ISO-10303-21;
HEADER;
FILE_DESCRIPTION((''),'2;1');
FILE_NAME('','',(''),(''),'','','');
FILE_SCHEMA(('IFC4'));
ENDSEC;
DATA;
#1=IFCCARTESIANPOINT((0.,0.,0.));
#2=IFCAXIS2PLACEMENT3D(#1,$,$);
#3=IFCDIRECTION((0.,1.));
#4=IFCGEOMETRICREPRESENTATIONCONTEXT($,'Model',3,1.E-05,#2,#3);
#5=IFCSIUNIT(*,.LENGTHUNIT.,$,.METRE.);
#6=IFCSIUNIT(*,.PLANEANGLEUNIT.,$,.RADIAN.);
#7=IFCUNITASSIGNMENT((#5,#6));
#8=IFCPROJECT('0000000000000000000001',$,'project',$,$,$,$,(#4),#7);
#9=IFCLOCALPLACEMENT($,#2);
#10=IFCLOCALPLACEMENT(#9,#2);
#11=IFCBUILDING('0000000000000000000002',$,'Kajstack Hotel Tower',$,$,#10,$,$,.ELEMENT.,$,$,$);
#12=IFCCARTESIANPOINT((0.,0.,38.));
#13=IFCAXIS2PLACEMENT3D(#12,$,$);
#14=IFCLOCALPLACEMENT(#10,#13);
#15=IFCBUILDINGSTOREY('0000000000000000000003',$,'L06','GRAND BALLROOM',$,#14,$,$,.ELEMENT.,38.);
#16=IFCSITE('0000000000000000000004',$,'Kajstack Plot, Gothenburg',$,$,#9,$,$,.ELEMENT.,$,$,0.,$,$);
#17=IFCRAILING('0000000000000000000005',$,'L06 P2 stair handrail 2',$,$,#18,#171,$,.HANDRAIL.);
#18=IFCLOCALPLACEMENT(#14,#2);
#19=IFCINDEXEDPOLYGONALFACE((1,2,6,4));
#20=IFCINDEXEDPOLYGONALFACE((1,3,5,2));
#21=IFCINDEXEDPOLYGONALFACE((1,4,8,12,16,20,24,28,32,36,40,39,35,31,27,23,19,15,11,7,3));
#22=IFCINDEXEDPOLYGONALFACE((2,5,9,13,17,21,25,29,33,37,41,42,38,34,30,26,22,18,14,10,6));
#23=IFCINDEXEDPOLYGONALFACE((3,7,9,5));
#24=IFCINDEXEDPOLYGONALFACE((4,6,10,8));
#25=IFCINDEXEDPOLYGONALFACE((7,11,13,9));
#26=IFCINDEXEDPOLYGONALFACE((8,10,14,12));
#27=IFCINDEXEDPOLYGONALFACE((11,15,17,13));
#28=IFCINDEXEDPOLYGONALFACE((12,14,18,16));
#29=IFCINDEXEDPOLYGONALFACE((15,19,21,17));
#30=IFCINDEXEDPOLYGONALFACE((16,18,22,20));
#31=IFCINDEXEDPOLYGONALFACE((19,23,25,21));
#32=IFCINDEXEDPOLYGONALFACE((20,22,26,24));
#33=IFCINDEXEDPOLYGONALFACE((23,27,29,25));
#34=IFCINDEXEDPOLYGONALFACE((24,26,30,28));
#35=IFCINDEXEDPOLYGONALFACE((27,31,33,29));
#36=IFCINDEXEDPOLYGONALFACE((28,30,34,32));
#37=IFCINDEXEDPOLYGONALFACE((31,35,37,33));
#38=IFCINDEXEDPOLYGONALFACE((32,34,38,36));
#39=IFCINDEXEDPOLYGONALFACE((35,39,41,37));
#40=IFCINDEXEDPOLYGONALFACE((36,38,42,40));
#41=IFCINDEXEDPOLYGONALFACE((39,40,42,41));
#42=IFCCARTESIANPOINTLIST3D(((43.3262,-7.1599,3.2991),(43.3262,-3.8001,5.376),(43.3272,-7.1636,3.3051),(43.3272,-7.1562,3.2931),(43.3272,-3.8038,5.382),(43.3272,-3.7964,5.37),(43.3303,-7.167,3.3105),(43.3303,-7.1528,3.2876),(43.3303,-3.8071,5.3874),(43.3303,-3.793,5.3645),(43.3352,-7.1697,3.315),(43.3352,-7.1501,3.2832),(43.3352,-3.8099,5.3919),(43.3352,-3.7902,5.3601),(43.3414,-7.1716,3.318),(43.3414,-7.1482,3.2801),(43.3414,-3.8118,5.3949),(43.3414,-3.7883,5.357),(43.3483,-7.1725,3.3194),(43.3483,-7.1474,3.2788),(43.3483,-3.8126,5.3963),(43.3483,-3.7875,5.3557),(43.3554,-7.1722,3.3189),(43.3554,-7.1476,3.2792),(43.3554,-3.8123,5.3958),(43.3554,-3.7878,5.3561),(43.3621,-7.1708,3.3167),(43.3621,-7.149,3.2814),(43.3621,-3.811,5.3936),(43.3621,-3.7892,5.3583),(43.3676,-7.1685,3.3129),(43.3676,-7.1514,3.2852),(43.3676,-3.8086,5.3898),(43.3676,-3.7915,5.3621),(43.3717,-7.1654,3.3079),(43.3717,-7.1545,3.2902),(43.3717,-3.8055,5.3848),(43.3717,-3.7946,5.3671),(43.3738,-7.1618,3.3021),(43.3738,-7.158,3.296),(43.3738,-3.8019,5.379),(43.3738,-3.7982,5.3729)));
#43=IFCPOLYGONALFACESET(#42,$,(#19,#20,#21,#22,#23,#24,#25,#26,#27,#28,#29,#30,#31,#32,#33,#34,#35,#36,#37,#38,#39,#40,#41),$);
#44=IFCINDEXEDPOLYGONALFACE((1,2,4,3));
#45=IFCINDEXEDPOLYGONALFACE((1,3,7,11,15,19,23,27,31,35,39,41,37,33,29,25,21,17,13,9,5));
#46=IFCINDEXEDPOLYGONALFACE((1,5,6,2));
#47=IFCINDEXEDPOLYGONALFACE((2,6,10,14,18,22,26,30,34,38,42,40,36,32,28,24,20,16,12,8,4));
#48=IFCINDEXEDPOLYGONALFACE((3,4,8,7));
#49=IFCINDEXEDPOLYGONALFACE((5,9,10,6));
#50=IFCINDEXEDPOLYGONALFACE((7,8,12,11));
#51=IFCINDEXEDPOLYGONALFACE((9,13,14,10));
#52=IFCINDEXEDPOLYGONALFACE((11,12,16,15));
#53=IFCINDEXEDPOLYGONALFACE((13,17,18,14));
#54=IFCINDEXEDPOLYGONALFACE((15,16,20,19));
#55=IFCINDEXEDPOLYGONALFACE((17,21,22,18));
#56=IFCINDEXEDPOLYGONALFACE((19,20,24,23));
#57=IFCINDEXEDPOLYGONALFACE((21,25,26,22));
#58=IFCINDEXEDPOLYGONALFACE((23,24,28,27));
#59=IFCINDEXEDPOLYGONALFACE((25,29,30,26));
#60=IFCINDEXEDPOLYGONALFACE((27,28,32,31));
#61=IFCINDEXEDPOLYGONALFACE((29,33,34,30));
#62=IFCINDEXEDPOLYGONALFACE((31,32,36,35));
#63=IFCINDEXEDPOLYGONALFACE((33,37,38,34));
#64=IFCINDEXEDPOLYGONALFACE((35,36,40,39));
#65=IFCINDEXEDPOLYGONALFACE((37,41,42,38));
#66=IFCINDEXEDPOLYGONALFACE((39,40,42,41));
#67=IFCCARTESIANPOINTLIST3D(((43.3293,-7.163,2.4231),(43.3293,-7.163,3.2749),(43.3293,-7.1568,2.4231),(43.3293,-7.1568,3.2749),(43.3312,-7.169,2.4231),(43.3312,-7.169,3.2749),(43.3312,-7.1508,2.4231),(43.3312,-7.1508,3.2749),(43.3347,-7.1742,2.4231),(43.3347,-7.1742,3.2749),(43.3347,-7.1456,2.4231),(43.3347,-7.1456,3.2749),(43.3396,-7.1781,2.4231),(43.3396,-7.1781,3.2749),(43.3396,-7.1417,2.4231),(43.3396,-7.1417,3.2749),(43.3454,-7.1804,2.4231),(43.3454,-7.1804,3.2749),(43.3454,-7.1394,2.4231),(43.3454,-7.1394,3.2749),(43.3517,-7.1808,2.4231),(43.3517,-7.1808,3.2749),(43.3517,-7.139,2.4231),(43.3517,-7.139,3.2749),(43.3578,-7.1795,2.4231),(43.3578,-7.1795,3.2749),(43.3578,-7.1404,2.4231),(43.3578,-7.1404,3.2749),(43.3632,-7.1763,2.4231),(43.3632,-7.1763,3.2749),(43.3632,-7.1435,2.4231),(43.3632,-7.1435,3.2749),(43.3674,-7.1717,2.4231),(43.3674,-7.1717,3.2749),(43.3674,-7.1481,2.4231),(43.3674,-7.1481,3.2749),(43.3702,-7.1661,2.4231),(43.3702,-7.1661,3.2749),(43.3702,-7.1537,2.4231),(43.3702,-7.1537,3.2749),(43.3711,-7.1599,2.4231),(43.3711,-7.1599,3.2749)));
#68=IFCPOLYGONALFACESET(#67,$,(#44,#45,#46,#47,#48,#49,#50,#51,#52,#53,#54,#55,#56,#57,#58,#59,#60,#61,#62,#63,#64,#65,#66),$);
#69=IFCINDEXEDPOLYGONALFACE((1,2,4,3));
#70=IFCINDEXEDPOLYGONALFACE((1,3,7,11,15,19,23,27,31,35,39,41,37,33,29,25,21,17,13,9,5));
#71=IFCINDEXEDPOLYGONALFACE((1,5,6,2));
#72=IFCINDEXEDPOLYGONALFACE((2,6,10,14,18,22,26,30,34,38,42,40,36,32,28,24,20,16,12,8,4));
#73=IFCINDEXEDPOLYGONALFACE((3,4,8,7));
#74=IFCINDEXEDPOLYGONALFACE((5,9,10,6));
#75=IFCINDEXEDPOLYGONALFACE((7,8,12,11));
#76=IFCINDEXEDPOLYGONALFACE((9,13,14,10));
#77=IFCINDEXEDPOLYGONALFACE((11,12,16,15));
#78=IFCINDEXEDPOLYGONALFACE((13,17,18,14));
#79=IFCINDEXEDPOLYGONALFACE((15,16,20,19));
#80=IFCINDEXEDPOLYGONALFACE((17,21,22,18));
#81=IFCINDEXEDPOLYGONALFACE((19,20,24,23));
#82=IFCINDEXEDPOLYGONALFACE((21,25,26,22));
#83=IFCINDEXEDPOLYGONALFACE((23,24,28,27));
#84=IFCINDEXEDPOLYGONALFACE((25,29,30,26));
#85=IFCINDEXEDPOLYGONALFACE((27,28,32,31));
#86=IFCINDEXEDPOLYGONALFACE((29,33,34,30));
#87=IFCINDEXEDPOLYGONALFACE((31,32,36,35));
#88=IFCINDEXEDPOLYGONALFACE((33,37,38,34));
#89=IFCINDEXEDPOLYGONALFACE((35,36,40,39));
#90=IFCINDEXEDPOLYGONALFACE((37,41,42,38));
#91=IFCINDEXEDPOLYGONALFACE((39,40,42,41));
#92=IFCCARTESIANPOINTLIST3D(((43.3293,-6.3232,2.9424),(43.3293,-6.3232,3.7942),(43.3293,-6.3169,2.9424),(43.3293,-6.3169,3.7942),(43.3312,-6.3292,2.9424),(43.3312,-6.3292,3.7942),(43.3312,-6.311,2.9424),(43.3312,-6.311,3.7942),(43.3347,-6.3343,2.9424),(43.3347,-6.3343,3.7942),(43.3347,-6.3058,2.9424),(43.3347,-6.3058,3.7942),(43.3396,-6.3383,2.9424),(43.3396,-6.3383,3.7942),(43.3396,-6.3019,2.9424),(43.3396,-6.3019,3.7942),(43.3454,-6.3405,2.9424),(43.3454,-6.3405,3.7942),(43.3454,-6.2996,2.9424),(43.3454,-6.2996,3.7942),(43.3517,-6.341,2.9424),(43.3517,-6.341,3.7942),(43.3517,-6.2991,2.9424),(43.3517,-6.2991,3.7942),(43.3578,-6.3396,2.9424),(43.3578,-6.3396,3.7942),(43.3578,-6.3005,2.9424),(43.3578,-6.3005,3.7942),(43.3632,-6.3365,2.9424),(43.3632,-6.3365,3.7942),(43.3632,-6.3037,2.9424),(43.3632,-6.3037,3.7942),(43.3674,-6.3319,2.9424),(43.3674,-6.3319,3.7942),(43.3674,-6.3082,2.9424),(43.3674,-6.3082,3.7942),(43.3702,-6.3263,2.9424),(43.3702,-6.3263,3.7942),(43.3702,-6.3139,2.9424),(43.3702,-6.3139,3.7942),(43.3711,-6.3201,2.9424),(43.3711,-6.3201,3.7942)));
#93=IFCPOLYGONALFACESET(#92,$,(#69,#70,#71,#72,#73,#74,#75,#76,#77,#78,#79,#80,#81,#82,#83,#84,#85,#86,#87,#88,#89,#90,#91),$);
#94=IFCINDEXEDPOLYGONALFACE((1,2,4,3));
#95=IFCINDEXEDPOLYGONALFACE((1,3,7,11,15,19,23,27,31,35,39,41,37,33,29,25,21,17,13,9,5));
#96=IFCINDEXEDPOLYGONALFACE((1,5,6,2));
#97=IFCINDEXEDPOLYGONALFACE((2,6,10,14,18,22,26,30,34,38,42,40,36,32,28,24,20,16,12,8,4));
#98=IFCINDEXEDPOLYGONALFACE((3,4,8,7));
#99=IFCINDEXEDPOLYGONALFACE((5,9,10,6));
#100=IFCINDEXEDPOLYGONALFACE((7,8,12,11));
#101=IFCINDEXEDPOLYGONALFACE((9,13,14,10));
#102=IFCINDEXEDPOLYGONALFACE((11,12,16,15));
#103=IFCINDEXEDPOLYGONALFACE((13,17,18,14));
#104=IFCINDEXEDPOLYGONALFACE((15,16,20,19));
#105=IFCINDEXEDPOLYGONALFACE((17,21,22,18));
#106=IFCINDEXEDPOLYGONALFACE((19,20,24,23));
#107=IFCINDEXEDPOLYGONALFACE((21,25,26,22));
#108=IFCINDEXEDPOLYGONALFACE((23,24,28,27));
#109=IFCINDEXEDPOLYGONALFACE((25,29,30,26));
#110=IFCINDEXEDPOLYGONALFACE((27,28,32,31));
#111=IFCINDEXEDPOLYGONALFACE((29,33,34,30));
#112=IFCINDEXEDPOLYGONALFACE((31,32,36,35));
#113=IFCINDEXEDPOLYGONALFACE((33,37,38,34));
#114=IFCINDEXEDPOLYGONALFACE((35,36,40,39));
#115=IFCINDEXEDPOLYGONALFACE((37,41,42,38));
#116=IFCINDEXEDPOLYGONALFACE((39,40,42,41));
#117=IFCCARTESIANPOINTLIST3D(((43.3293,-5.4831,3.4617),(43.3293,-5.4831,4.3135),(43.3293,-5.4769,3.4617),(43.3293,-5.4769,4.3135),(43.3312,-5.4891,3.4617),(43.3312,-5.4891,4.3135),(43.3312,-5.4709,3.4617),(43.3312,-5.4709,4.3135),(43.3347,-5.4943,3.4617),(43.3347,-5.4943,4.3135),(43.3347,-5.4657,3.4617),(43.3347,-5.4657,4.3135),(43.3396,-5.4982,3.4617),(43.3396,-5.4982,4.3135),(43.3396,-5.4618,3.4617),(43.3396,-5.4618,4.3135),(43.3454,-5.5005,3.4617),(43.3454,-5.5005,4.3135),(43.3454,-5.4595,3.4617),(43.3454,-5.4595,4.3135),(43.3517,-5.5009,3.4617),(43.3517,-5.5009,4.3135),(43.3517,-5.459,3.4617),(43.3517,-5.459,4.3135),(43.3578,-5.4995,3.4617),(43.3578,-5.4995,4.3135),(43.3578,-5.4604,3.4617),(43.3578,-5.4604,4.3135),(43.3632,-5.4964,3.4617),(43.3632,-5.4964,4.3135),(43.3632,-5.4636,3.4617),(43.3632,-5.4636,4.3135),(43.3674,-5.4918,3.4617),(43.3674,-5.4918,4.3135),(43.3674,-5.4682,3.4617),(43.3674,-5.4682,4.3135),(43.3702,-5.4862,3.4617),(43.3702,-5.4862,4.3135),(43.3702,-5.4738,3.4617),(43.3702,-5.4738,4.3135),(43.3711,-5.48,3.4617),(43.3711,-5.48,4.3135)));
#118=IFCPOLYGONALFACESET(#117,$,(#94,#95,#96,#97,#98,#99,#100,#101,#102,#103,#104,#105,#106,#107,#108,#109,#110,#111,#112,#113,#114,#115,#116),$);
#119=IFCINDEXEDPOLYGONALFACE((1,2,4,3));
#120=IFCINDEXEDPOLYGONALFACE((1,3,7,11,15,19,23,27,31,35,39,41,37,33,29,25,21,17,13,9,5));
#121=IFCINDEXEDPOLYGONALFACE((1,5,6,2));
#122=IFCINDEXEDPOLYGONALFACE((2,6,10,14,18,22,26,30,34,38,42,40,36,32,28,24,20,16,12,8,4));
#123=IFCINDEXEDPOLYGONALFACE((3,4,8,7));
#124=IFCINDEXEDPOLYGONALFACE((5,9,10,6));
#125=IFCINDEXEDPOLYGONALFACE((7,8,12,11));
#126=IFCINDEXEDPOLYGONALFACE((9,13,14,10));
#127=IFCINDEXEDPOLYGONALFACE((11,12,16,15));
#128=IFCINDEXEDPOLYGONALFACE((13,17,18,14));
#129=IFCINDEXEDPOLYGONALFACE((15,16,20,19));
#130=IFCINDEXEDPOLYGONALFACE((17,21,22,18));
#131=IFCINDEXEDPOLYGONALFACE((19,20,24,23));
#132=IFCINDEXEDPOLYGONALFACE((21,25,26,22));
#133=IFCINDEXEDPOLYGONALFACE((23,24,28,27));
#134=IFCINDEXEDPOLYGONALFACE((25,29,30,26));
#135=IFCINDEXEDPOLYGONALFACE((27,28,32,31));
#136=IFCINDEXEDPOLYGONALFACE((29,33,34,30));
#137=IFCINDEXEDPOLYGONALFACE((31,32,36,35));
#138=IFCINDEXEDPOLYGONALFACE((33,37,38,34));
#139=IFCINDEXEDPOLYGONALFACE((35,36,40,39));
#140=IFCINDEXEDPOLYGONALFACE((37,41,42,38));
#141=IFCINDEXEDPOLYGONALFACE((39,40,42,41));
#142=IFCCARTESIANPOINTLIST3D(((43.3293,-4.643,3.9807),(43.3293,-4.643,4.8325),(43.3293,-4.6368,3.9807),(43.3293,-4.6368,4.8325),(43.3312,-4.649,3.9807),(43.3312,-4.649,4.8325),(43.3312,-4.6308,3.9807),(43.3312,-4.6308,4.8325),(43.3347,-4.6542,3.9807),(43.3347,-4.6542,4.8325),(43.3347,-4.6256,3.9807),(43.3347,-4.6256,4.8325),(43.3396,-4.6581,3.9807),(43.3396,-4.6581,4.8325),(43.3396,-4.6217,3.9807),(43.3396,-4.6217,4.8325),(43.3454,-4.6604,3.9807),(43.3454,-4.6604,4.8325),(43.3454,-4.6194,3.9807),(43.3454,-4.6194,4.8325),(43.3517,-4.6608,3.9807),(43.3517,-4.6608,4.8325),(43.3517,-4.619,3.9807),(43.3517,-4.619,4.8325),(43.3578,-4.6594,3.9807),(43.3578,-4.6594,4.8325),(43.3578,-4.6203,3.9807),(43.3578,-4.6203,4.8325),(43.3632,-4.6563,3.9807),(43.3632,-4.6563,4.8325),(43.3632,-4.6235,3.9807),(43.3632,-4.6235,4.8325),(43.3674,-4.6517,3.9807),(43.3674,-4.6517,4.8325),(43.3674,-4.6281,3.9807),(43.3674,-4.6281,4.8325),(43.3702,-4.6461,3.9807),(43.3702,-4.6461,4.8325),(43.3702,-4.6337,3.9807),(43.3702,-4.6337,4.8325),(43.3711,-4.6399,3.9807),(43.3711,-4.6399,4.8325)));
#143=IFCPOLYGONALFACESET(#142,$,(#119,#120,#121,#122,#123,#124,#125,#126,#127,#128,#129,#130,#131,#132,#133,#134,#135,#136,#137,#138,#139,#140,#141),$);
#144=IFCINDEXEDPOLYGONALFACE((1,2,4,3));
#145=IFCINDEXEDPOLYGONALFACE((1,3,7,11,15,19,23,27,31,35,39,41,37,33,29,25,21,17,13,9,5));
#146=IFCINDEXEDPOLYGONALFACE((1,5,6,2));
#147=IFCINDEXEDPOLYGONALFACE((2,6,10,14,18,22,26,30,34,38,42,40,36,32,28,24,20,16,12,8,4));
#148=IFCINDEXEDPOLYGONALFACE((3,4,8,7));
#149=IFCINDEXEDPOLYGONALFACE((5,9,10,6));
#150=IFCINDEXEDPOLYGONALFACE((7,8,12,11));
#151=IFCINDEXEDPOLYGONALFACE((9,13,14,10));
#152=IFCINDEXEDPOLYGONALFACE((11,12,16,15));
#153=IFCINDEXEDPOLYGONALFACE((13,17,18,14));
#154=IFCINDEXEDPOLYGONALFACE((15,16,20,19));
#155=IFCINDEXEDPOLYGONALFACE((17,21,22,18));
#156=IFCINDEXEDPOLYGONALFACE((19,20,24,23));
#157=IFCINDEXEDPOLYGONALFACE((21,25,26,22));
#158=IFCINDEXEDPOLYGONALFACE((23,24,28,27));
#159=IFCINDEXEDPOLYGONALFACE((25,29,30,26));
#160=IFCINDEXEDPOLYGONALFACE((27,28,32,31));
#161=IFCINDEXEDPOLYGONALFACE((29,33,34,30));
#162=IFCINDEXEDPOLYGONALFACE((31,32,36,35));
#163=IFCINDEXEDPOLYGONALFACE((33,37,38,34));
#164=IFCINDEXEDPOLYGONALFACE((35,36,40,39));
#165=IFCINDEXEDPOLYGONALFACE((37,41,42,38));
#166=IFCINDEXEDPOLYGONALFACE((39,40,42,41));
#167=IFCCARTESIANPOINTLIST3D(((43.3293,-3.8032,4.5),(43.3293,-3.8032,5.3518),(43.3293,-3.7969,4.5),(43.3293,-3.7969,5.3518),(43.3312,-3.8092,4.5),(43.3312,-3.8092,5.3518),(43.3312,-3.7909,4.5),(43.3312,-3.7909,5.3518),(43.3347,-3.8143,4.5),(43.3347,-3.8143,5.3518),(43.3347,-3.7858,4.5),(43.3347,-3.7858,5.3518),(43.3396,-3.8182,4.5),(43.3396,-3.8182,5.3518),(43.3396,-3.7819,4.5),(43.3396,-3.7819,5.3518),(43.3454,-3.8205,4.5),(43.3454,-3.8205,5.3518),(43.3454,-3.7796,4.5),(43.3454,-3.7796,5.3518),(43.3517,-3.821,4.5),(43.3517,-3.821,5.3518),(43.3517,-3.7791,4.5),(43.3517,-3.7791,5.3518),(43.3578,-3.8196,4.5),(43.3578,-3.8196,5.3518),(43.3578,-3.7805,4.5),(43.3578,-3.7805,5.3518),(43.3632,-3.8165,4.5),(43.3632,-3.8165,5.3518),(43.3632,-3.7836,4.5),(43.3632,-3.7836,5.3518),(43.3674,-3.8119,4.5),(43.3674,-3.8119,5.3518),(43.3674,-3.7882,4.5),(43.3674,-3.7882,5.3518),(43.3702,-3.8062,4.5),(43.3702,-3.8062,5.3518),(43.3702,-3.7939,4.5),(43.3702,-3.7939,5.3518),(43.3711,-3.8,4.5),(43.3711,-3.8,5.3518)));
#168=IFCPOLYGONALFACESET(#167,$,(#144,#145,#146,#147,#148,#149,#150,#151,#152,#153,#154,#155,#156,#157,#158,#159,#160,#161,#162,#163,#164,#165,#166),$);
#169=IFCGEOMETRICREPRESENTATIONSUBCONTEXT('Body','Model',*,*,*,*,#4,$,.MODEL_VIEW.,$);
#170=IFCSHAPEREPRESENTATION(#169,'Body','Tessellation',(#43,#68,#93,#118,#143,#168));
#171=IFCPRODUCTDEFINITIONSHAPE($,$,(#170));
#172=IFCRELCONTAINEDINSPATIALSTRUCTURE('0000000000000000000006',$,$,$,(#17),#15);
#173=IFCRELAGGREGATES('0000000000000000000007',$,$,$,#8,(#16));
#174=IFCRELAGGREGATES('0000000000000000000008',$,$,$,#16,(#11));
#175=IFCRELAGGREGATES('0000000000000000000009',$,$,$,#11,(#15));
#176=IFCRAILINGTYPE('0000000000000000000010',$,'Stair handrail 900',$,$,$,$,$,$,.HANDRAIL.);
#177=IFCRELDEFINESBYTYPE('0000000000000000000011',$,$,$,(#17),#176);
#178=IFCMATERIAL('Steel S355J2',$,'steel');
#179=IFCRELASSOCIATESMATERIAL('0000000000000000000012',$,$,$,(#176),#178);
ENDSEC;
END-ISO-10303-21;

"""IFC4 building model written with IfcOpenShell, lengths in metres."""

from ifc_helpers import new_model, si_unit, direction, frame, origin, origin_2d, place, context, subcontext, project, spatial, circle, extrude, material, type_object, element, save


model = new_model("IFC4")

# Units and contexts
model_context = context("Model", 3, precision=1e-05, world=origin(), true_north=direction((0.0, 1.0)))
body_context = subcontext(model_context, "Body", "Model", "MODEL_VIEW")
ifc_project = project(units=[si_unit("LENGTHUNIT", "METRE"), si_unit("PLANEANGLEUNIT", "RADIAN")], contexts=[model_context])

# Site, building, storey
site_placement = place(None, origin())
site = spatial("IfcSite", under=ifc_project, at=site_placement, Name="Kajstack Plot, Gothenburg", CompositionType="ELEMENT", RefElevation=0.0)
building_placement = place(site_placement, origin())
building = spatial("IfcBuilding", under=site, at=building_placement, Name="Kajstack Hotel Tower", CompositionType="ELEMENT")
storey_placement = place(building_placement, frame((0.0, 0.0, 38.0)))
storey = spatial("IfcBuildingStorey", under=building, at=storey_placement, Name="L06", Description="GRAND BALLROOM", CompositionType="ELEMENT", Elevation=38.0)

# Railing
ifc_material_1 = material(Name="Steel S355J2", Category="steel")
railing_type_1 = type_object("IfcRailingType", Name="Stair handrail 900", PredefinedType="HANDRAIL", material=ifc_material_1)
railing_1_placement = place(storey_placement, frame((43.3501, -7.1599, 2.4231)))
element("IfcRailing", 1, at=railing_1_placement, inside=storey, type_object=railing_type_1, Name="L06 P2 stair handrail 2", PredefinedType="HANDRAIL", context=body_context, shape_type="SweptSolid", body=[
    extrude(circle(Radius=0.0239, at=origin_2d()), frame((0.0, 0.0, 0.876), z_axis=(0.0, 0.850606, 0.525803), x_axis=(-1.0, 0.0, 0.0)), (0.0, 0.0, 1.0), 3.95),
    extrude(circle(Radius=0.021, at=origin_2d()), origin(), (0.0, 0.0, 1.0), 0.8518),
    extrude(circle(Radius=0.021, at=origin_2d()), frame((0.0, 0.8398, 0.5193)), (0.0, 0.0, 1.0), 0.8518),
    extrude(circle(Radius=0.021, at=origin_2d()), frame((0.0, 1.6799, 1.0386)), (0.0, 0.0, 1.0), 0.8518),
    extrude(circle(Radius=0.021, at=origin_2d()), frame((0.0, 2.52, 1.5576)), (0.0, 0.0, 1.0), 0.8518),
    extrude(circle(Radius=0.021, at=origin_2d()), frame((0.0, 3.3599, 2.0769)), (0.0, 0.0, 1.0), 0.8518),
])

save(model, "model.ifc")
